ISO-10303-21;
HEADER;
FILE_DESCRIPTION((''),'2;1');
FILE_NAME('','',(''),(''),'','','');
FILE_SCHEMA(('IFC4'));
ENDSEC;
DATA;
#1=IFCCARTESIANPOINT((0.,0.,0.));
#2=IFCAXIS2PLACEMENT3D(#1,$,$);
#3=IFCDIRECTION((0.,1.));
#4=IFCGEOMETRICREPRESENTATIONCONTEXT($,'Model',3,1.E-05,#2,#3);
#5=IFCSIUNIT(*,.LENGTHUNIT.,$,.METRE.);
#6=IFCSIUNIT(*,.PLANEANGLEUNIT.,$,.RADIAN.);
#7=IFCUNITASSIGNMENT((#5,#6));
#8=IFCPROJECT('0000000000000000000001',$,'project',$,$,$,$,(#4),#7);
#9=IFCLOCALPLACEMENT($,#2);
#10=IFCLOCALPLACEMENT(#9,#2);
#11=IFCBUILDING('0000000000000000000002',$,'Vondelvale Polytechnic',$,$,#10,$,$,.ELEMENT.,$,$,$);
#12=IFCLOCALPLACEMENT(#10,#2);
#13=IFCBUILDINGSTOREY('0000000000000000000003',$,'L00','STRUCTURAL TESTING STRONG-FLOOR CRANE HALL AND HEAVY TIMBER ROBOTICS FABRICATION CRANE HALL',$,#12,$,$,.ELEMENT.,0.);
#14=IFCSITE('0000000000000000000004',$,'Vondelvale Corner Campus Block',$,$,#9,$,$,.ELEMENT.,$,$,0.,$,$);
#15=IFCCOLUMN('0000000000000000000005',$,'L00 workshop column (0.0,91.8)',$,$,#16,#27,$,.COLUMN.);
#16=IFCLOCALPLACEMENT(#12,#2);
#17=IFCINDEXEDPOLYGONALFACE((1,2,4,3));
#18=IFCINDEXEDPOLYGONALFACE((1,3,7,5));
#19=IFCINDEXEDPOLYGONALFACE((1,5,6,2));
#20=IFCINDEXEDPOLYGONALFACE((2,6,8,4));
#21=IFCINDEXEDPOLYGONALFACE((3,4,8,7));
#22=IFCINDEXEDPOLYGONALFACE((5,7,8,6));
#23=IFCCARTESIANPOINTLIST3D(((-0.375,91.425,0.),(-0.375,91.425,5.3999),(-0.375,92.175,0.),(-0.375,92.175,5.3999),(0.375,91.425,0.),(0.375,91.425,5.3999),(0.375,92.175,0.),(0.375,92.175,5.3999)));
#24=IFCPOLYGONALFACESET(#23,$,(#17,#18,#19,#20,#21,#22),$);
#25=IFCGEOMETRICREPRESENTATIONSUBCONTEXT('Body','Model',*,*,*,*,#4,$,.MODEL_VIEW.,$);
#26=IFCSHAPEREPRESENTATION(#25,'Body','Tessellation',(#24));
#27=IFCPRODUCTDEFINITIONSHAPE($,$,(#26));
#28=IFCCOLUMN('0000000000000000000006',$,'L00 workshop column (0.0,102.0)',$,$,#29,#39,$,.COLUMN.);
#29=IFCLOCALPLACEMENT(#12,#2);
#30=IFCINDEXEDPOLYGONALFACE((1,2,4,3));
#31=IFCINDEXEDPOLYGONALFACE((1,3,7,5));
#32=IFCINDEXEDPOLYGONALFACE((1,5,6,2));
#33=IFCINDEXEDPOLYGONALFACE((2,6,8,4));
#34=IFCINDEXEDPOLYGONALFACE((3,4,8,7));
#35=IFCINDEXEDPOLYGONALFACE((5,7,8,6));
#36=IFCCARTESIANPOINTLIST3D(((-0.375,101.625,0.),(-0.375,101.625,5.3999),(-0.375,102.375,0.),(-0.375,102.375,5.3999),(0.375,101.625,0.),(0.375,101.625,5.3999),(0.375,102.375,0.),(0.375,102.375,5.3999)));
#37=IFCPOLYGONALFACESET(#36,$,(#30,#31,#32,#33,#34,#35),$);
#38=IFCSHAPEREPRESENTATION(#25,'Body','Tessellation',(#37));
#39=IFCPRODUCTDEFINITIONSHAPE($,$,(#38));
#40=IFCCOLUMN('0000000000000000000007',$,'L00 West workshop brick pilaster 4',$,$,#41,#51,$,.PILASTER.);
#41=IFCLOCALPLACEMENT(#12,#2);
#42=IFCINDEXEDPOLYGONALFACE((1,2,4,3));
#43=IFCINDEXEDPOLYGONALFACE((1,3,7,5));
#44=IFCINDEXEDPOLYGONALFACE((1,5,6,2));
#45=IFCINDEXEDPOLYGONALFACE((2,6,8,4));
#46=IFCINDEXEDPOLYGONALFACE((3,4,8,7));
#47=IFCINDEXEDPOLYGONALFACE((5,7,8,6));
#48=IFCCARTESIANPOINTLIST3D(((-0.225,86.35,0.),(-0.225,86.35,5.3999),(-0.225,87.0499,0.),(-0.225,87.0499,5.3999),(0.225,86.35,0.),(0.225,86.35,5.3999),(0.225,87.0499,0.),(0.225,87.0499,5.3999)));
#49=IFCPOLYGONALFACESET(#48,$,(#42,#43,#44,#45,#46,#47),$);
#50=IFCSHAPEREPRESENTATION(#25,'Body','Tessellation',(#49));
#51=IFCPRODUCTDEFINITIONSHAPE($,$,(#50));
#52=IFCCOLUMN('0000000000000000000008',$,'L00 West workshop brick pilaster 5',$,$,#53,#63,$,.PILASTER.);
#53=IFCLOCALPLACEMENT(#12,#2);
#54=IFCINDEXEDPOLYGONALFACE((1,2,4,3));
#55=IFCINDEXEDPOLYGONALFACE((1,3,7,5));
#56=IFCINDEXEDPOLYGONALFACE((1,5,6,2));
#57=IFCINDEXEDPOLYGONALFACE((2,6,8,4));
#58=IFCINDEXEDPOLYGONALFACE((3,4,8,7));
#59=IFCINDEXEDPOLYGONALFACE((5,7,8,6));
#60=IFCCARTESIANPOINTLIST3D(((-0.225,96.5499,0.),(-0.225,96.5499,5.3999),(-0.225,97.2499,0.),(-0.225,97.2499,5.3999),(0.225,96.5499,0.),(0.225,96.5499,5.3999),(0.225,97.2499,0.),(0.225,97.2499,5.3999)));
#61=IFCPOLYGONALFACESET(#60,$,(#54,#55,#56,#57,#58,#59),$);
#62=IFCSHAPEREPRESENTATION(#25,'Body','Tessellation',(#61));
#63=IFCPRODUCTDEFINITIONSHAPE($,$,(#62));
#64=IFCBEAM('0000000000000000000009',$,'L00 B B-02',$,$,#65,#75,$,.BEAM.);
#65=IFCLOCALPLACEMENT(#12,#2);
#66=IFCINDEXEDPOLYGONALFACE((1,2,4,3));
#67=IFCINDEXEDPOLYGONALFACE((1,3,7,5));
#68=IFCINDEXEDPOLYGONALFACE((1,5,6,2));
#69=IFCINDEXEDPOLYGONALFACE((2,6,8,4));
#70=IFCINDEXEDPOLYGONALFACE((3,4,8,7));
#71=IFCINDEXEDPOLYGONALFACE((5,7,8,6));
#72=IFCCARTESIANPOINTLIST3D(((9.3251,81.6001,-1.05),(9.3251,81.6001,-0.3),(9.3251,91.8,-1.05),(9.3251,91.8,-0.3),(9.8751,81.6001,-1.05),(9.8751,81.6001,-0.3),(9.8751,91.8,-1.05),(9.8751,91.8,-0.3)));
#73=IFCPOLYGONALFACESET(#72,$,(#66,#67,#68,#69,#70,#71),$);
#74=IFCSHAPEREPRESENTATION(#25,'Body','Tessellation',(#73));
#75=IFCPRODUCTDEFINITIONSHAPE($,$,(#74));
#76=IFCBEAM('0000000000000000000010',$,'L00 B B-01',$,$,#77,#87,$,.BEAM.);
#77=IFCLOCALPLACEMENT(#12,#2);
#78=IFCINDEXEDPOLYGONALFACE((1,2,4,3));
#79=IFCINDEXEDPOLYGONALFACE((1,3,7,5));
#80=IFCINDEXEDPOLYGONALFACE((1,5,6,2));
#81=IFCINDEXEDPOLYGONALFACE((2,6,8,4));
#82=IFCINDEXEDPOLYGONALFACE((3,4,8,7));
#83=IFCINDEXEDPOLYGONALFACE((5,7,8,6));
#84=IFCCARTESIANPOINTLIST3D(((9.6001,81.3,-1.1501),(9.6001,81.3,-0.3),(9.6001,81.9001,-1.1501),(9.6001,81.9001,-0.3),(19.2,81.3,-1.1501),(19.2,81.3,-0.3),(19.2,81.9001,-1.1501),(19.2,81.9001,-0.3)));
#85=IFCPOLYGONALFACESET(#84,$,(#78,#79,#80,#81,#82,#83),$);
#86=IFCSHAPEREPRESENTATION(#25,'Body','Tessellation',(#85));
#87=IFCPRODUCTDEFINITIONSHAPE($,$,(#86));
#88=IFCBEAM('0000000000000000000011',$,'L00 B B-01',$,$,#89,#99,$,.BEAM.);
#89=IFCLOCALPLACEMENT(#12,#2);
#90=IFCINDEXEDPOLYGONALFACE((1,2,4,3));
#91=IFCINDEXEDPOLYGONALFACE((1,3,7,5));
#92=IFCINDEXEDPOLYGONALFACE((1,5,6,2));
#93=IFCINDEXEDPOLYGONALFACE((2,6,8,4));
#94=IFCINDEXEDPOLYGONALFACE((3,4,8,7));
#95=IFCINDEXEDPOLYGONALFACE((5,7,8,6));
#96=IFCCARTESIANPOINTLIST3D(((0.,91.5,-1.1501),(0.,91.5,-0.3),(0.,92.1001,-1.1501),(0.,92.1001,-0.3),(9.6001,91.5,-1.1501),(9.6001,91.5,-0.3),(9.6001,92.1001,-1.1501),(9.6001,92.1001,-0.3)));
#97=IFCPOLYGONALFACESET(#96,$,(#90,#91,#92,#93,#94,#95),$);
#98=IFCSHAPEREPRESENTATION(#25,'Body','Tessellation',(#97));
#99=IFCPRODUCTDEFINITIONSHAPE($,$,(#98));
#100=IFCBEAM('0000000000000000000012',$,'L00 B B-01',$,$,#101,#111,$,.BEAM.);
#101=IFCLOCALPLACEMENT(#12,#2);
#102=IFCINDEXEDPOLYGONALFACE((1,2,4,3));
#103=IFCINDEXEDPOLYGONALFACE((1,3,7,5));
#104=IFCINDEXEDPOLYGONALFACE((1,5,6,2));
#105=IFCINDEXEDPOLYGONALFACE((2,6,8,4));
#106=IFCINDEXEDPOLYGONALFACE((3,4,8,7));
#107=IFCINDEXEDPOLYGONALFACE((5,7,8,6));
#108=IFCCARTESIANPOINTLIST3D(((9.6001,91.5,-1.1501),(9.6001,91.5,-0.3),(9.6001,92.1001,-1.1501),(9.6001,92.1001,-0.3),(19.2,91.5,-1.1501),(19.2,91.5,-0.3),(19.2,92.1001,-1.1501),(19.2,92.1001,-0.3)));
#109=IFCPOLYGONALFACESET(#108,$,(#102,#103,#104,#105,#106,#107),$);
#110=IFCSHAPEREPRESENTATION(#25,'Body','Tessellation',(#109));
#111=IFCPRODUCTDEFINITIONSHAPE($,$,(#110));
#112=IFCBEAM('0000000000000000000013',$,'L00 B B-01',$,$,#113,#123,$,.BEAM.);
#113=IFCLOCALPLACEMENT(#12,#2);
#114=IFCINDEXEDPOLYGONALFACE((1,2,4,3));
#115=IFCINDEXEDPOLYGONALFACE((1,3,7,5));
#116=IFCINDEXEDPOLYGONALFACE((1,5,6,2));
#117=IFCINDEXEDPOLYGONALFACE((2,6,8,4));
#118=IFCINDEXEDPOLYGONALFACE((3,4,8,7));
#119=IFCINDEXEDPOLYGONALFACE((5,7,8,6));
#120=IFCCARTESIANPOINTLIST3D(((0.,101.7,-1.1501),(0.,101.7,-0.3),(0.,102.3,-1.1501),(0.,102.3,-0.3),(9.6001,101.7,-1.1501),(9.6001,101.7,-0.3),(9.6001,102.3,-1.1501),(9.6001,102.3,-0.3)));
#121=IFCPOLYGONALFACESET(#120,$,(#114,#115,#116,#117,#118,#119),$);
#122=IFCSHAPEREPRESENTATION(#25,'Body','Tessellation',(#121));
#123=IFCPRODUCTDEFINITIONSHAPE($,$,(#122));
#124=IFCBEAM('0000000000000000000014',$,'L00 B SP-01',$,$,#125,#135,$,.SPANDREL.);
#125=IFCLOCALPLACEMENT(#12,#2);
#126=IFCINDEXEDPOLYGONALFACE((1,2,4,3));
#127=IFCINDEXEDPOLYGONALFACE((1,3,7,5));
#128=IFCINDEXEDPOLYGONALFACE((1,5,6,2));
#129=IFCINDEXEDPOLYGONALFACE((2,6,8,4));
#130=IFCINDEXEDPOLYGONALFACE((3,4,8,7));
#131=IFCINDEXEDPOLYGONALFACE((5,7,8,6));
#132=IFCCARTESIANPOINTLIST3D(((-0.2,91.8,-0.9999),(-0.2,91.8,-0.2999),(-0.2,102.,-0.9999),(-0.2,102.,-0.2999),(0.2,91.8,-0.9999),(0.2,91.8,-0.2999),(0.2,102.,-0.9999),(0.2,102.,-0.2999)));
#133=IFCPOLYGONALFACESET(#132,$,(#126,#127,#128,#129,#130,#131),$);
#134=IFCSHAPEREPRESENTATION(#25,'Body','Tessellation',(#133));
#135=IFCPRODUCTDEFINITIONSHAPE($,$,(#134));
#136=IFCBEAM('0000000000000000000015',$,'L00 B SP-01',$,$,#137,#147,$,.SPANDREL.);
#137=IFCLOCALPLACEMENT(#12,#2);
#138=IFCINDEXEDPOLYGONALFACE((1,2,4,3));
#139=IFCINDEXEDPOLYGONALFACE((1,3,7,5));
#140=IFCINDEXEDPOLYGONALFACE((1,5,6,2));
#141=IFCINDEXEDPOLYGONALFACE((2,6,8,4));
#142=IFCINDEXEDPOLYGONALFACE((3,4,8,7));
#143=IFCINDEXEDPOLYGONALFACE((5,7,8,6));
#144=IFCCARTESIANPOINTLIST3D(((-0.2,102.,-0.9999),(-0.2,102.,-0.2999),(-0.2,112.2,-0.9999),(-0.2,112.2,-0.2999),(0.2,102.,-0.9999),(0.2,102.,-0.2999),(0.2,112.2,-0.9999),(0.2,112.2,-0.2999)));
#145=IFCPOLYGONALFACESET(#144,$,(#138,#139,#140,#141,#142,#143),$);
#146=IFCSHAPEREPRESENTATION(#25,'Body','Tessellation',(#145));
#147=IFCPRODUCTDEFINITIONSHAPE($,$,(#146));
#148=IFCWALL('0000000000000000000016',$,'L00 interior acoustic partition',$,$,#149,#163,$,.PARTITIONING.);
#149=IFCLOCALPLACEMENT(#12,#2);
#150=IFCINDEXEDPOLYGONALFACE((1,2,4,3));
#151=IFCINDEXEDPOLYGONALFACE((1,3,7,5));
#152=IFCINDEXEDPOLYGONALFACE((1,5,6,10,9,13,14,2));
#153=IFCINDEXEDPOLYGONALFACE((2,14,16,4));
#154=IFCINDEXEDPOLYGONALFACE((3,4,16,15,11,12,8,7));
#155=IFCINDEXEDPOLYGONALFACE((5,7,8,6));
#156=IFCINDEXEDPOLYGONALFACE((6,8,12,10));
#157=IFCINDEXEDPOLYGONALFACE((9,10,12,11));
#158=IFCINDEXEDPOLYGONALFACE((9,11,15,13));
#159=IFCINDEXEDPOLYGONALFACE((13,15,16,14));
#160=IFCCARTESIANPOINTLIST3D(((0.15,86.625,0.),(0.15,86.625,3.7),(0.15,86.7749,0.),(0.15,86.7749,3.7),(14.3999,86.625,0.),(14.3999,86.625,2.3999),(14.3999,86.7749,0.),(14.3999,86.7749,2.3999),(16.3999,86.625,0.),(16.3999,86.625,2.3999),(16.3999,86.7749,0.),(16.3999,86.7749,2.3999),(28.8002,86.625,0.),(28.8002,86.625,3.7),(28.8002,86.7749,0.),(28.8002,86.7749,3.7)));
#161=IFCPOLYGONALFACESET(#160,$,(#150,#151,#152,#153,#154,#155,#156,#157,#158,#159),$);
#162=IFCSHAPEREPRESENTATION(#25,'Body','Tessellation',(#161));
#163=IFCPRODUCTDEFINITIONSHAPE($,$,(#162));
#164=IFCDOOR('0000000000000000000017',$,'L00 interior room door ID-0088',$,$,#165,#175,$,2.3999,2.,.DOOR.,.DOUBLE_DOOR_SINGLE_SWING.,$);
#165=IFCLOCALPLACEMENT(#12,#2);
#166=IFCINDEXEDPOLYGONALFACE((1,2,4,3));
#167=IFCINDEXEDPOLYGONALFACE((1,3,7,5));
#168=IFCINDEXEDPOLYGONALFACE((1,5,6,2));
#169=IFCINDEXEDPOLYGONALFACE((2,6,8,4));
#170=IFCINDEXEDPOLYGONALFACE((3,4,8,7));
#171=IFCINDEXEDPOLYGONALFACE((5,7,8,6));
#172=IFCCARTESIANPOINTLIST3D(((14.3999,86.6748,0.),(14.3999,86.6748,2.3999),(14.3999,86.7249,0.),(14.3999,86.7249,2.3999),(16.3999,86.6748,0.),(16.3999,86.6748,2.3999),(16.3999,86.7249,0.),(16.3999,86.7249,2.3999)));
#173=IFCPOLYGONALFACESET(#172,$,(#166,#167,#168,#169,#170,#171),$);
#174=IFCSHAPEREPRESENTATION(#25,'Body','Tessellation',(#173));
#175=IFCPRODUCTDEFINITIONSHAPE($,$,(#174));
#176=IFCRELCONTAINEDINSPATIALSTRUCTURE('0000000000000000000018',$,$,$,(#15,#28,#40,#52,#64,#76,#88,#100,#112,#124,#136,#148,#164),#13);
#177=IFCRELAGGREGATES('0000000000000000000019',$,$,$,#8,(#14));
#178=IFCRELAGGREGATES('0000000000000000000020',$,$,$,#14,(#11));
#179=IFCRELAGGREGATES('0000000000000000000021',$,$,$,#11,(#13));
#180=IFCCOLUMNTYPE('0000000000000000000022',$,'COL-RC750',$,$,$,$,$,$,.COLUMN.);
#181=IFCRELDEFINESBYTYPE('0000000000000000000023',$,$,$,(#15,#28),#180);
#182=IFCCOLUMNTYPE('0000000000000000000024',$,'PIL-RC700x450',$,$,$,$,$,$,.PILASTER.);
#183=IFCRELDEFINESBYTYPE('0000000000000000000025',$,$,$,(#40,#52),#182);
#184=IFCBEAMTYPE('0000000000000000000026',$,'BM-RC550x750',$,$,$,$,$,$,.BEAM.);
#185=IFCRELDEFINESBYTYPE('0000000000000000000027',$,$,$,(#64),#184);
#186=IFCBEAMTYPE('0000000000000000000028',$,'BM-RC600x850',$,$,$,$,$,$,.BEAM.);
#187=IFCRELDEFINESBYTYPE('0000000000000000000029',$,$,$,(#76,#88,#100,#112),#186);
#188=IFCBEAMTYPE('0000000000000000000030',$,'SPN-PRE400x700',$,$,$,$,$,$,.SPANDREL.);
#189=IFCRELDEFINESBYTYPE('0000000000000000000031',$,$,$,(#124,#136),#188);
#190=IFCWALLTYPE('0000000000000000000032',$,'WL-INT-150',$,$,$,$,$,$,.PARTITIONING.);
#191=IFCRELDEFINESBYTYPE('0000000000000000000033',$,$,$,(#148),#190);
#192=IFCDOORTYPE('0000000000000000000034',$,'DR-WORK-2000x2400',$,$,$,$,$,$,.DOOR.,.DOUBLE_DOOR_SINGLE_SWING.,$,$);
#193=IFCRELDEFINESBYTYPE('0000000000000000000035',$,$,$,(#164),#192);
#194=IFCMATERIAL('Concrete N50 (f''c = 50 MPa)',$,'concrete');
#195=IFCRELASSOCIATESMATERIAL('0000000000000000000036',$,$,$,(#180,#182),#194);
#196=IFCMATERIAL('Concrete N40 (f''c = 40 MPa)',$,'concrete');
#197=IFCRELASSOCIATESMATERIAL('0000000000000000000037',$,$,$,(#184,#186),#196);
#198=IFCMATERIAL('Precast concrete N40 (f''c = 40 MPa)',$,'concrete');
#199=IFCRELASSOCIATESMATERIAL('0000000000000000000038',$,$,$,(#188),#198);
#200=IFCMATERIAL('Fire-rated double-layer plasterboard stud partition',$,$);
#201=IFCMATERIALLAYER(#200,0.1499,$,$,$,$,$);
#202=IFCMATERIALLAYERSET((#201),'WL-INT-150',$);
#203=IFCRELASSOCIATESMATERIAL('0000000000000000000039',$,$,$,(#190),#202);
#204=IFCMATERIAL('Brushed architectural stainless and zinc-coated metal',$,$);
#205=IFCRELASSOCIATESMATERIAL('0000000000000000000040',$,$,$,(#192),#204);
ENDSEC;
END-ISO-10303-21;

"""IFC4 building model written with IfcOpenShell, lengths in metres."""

from ifc_helpers import new_model, si_unit, direction, frame, frame_2d, origin, origin_2d, place, context, subcontext, project, spatial, rectangle, extrude, material, layer, layer_set, material_profile, profile_set, type_object, element, fill, save


model = new_model("IFC4")

# Units and contexts
model_context = context("Model", 3, precision=1e-05, world=origin(), true_north=direction((0.0, 1.0)))
body_context = subcontext(model_context, "Body", "Model", "MODEL_VIEW")
ifc_project = project(units=[si_unit("LENGTHUNIT", "METRE"), si_unit("PLANEANGLEUNIT", "RADIAN")], contexts=[model_context])

# Site, building, storey
site_placement = place(None, origin())
site = spatial("IfcSite", under=ifc_project, at=site_placement, Name="Vondelvale Corner Campus Block", CompositionType="ELEMENT", RefElevation=0.0)
building_placement = place(site_placement, origin())
building = spatial("IfcBuilding", under=site, at=building_placement, Name="Vondelvale Polytechnic", CompositionType="ELEMENT")
storey_placement = place(building_placement, origin())
storey = spatial("IfcBuildingStorey", under=building, at=storey_placement, Name="L00", Description="STRUCTURAL TESTING STRONG-FLOOR CRANE HALL AND HEAVY TIMBER ROBOTICS FABRICATION CRANE HALL", CompositionType="ELEMENT", Elevation=0.0)

# Columns
ifc_material_1 = material(Name="Concrete N50 (f'c = 50 MPa)", Category="concrete")
ifc_material_profile_1 = material_profile(ifc_material_1, rectangle(XDim=0.75, YDim=0.75, at=origin_2d()), Name="RC-COL-750x750")
ifc_profile_set_1 = profile_set([ifc_material_profile_1], Name="Concrete N50 (f'c = 50 MPa)")
column_type_1 = type_object("IfcColumnType", Name="COL-RC750", PredefinedType="COLUMN", material=ifc_profile_set_1)
for number, where, z_axis, x_axis, name in (
    (1, (0.0, 91.8, 0.0), (0.0, 0.0, 1.0), (1.0, 0.0, 0.0), "L00 workshop column (0.0,91.8)"),
    (2, (0.0, 102.0, 0.0), (0.0, 0.0, 1.0), (1.0, 0.0, 0.0), "L00 workshop column (0.0,102.0)"),
):
    element("IfcColumn", number, at=place(storey_placement, frame(where, z_axis=z_axis, x_axis=x_axis)), inside=storey, type_object=column_type_1, Name=name, PredefinedType="COLUMN", context=body_context, shape_type="SweptSolid", body=[
        extrude(rectangle(XDim=0.75, YDim=0.75, at=origin_2d()), origin(), (0.0, 0.0, 1.0), 5.3999),
    ])
ifc_material_profile_2 = material_profile(ifc_material_1, rectangle(XDim=0.45, YDim=0.7, at=origin_2d()), Name="RC-PIL-700x450")
ifc_profile_set_2 = profile_set([ifc_material_profile_2], Name="Concrete N50 (f'c = 50 MPa)")
column_type_2 = type_object("IfcColumnType", Name="PIL-RC700x450", PredefinedType="PILASTER", material=ifc_profile_set_2)
for number, where, z_axis, x_axis, name in (
    (3, (0.0, 86.7, 0.0), (0.0, 0.0, 1.0), (1.0, 0.0, 0.0), "L00 West workshop brick pilaster 4"),
    (4, (0.0, 96.8999, 0.0), (0.0, 0.0, 1.0), (1.0, 0.0, 0.0), "L00 West workshop brick pilaster 5"),
):
    element("IfcColumn", number, at=place(storey_placement, frame(where, z_axis=z_axis, x_axis=x_axis)), inside=storey, type_object=column_type_2, Name=name, PredefinedType="PILASTER", context=body_context, shape_type="SweptSolid", body=[
        extrude(rectangle(XDim=0.45, YDim=0.7, at=origin_2d()), origin(), (0.0, 0.0, 1.0), 5.3999),
    ])

# Beams
ifc_material_2 = material(Name="Concrete N40 (f'c = 40 MPa)", Category="concrete")
ifc_material_profile_3 = material_profile(ifc_material_2, rectangle(XDim=0.55, YDim=0.75, at=origin_2d()), Name="RC-BM-550x750")
ifc_profile_set_3 = profile_set([ifc_material_profile_3], Name="Concrete N40 (f'c = 40 MPa)")
beam_type_1 = type_object("IfcBeamType", Name="BM-RC550x750", PredefinedType="BEAM", material=ifc_profile_set_3)
beam_1_placement = place(storey_placement, frame((9.6001, 81.6001, -0.675), z_axis=(0.0, 1.0, 0.0), x_axis=(-1.0, 0.0, 0.0)))
element("IfcBeam", 5, at=beam_1_placement, inside=storey, type_object=beam_type_1, Name="L00 B B-02", PredefinedType="BEAM", context=body_context, shape_type="SweptSolid", body=[
    extrude(rectangle(XDim=0.55, YDim=0.75, at=origin_2d()), origin(), (0.0, 0.0, 1.0), 10.2),
])
ifc_material_profile_4 = material_profile(ifc_material_2, rectangle(XDim=0.6001, YDim=0.8501, at=origin_2d()), Name="RC-BM-600x850")
ifc_profile_set_4 = profile_set([ifc_material_profile_4], Name="Concrete N40 (f'c = 40 MPa)")
beam_type_2 = type_object("IfcBeamType", Name="BM-RC600x850", PredefinedType="BEAM", material=ifc_profile_set_4)
beam_2_placement = place(storey_placement, frame((9.6001, 81.6001, -0.7251), z_axis=(1.0, 0.0, 0.0), x_axis=(0.0, 1.0, 0.0)))
element("IfcBeam", 6, at=beam_2_placement, inside=storey, type_object=beam_type_2, Name="L00 B B-01", PredefinedType="BEAM", context=body_context, shape_type="SweptSolid", body=[
    extrude(rectangle(XDim=0.6001, YDim=0.8501, at=origin_2d()), origin(), (0.0, 0.0, 1.0), 9.5999),
])
beam_3_placement = place(storey_placement, frame((0.0, 91.8, -0.7251), z_axis=(1.0, 0.0, 0.0), x_axis=(0.0, 1.0, 0.0)))
element("IfcBeam", 7, at=beam_3_placement, inside=storey, type_object=beam_type_2, Name="L00 B B-01", PredefinedType="BEAM", context=body_context, shape_type="SweptSolid", body=[
    extrude(rectangle(XDim=0.6001, YDim=0.8501, at=origin_2d()), origin(), (0.0, 0.0, 1.0), 9.6001),
])
beam_4_placement = place(storey_placement, frame((9.6001, 91.8, -0.7251), z_axis=(1.0, 0.0, 0.0), x_axis=(0.0, 1.0, 0.0)))
element("IfcBeam", 8, at=beam_4_placement, inside=storey, type_object=beam_type_2, Name="L00 B B-01", PredefinedType="BEAM", context=body_context, shape_type="SweptSolid", body=[
    extrude(rectangle(XDim=0.6001, YDim=0.8501, at=origin_2d()), origin(), (0.0, 0.0, 1.0), 9.5999),
])
beam_5_placement = place(storey_placement, frame((0.0, 102.0, -0.7251), z_axis=(1.0, 0.0, 0.0), x_axis=(0.0, 1.0, 0.0)))
element("IfcBeam", 9, at=beam_5_placement, inside=storey, type_object=beam_type_2, Name="L00 B B-01", PredefinedType="BEAM", context=body_context, shape_type="SweptSolid", body=[
    extrude(rectangle(XDim=0.6001, YDim=0.8501, at=origin_2d()), origin(), (0.0, 0.0, 1.0), 9.6001),
])
ifc_material_3 = material(Name="Precast concrete N40 (f'c = 40 MPa)", Category="concrete")
ifc_material_profile_5 = material_profile(ifc_material_3, rectangle(XDim=0.3999, YDim=0.7, at=origin_2d()), Name="RC-SPN-400x700")
ifc_profile_set_5 = profile_set([ifc_material_profile_5], Name="Precast concrete N40 (f'c = 40 MPa)")
beam_type_3 = type_object("IfcBeamType", Name="SPN-PRE400x700", PredefinedType="SPANDREL", material=ifc_profile_set_5)
for number, where, z_axis, x_axis, name in (
    (10, (0.0, 91.8, -0.6499), (0.0, 1.0, 0.0), (-1.0, 0.0, 0.0), "L00 B SP-01"),
    (11, (0.0, 102.0, -0.6499), (0.0, 1.0, 0.0), (-1.0, 0.0, 0.0), "L00 B SP-01"),
):
    element("IfcBeam", number, at=place(storey_placement, frame(where, z_axis=z_axis, x_axis=x_axis)), inside=storey, type_object=beam_type_3, Name=name, PredefinedType="SPANDREL", context=body_context, shape_type="SweptSolid", body=[
        extrude(rectangle(XDim=0.3999, YDim=0.7, at=origin_2d()), origin(), (0.0, 0.0, 1.0), 10.2),
    ])

# Wall, opening, door
ifc_material_4 = material(Name="Fire-rated double-layer plasterboard stud partition")
ifc_layer_1 = layer(ifc_material_4, 0.1499)
ifc_layer_set_1 = layer_set([ifc_layer_1], Name="WL-INT-150")
wall_type_1 = type_object("IfcWallType", Name="WL-INT-150", PredefinedType="PARTITIONING", material=ifc_layer_set_1)
wall_1_placement = place(storey_placement, frame((0.1499, 86.7, 0.0), z_axis=(0.0, 0.0, 1.0), x_axis=(1.0, 0.0, 0.0)))
wall_1 = element("IfcWall", 12, at=wall_1_placement, inside=storey, type_object=wall_type_1, Name="L00 interior acoustic partition", PredefinedType="PARTITIONING", context=body_context, shape_type="SweptSolid", body=[
    extrude(rectangle(XDim=28.6501, YDim=0.1499, at=frame_2d((14.3252, 0.0))), origin(), (0.0, 0.0, 1.0), 3.7),
])
opening_1_placement = place(wall_1_placement, frame((14.25, 0.0, 0.0)))
opening_1 = element("IfcOpeningElement", 13, at=opening_1_placement, cuts=wall_1, PredefinedType="OPENING", context=body_context, shape_type="SweptSolid", body=[
    extrude(rectangle(XDim=2.0, YDim=2.3999, at=frame_2d((1.0, 1.2))), frame((0.0, 0.085, 0.0), z_axis=(0.0, -1.0, 0.0), x_axis=(1.0, 0.0, 0.0)), (0.0, 0.0, 1.0), 0.1699),
])
ifc_material_5 = material(Name="Brushed architectural stainless and zinc-coated metal")
door_type_1 = type_object("IfcDoorType", Name="DR-WORK-2000x2400", OperationType="DOUBLE_DOOR_SINGLE_SWING", PredefinedType="DOOR", material=ifc_material_5)
door_1_placement = place(opening_1_placement, origin())
door_1 = element("IfcDoor", 14, at=door_1_placement, inside=storey, type_object=door_type_1, Name="L00 interior room door ID-0088", OperationType="DOUBLE_DOOR_SINGLE_SWING", OverallHeight=2.3999, OverallWidth=2.0, PredefinedType="DOOR", context=body_context, shape_type="SweptSolid", body=[
    extrude(rectangle(XDim=2.0, YDim=2.3999, at=frame_2d((1.0, 1.2))), frame((0.0, 0.0249, 0.0), z_axis=(0.0, -1.0, 0.0), x_axis=(1.0, 0.0, 0.0)), (0.0, 0.0, 1.0), 0.05),
])
fill(opening_1, door_1)

save(model, "model.ifc")
